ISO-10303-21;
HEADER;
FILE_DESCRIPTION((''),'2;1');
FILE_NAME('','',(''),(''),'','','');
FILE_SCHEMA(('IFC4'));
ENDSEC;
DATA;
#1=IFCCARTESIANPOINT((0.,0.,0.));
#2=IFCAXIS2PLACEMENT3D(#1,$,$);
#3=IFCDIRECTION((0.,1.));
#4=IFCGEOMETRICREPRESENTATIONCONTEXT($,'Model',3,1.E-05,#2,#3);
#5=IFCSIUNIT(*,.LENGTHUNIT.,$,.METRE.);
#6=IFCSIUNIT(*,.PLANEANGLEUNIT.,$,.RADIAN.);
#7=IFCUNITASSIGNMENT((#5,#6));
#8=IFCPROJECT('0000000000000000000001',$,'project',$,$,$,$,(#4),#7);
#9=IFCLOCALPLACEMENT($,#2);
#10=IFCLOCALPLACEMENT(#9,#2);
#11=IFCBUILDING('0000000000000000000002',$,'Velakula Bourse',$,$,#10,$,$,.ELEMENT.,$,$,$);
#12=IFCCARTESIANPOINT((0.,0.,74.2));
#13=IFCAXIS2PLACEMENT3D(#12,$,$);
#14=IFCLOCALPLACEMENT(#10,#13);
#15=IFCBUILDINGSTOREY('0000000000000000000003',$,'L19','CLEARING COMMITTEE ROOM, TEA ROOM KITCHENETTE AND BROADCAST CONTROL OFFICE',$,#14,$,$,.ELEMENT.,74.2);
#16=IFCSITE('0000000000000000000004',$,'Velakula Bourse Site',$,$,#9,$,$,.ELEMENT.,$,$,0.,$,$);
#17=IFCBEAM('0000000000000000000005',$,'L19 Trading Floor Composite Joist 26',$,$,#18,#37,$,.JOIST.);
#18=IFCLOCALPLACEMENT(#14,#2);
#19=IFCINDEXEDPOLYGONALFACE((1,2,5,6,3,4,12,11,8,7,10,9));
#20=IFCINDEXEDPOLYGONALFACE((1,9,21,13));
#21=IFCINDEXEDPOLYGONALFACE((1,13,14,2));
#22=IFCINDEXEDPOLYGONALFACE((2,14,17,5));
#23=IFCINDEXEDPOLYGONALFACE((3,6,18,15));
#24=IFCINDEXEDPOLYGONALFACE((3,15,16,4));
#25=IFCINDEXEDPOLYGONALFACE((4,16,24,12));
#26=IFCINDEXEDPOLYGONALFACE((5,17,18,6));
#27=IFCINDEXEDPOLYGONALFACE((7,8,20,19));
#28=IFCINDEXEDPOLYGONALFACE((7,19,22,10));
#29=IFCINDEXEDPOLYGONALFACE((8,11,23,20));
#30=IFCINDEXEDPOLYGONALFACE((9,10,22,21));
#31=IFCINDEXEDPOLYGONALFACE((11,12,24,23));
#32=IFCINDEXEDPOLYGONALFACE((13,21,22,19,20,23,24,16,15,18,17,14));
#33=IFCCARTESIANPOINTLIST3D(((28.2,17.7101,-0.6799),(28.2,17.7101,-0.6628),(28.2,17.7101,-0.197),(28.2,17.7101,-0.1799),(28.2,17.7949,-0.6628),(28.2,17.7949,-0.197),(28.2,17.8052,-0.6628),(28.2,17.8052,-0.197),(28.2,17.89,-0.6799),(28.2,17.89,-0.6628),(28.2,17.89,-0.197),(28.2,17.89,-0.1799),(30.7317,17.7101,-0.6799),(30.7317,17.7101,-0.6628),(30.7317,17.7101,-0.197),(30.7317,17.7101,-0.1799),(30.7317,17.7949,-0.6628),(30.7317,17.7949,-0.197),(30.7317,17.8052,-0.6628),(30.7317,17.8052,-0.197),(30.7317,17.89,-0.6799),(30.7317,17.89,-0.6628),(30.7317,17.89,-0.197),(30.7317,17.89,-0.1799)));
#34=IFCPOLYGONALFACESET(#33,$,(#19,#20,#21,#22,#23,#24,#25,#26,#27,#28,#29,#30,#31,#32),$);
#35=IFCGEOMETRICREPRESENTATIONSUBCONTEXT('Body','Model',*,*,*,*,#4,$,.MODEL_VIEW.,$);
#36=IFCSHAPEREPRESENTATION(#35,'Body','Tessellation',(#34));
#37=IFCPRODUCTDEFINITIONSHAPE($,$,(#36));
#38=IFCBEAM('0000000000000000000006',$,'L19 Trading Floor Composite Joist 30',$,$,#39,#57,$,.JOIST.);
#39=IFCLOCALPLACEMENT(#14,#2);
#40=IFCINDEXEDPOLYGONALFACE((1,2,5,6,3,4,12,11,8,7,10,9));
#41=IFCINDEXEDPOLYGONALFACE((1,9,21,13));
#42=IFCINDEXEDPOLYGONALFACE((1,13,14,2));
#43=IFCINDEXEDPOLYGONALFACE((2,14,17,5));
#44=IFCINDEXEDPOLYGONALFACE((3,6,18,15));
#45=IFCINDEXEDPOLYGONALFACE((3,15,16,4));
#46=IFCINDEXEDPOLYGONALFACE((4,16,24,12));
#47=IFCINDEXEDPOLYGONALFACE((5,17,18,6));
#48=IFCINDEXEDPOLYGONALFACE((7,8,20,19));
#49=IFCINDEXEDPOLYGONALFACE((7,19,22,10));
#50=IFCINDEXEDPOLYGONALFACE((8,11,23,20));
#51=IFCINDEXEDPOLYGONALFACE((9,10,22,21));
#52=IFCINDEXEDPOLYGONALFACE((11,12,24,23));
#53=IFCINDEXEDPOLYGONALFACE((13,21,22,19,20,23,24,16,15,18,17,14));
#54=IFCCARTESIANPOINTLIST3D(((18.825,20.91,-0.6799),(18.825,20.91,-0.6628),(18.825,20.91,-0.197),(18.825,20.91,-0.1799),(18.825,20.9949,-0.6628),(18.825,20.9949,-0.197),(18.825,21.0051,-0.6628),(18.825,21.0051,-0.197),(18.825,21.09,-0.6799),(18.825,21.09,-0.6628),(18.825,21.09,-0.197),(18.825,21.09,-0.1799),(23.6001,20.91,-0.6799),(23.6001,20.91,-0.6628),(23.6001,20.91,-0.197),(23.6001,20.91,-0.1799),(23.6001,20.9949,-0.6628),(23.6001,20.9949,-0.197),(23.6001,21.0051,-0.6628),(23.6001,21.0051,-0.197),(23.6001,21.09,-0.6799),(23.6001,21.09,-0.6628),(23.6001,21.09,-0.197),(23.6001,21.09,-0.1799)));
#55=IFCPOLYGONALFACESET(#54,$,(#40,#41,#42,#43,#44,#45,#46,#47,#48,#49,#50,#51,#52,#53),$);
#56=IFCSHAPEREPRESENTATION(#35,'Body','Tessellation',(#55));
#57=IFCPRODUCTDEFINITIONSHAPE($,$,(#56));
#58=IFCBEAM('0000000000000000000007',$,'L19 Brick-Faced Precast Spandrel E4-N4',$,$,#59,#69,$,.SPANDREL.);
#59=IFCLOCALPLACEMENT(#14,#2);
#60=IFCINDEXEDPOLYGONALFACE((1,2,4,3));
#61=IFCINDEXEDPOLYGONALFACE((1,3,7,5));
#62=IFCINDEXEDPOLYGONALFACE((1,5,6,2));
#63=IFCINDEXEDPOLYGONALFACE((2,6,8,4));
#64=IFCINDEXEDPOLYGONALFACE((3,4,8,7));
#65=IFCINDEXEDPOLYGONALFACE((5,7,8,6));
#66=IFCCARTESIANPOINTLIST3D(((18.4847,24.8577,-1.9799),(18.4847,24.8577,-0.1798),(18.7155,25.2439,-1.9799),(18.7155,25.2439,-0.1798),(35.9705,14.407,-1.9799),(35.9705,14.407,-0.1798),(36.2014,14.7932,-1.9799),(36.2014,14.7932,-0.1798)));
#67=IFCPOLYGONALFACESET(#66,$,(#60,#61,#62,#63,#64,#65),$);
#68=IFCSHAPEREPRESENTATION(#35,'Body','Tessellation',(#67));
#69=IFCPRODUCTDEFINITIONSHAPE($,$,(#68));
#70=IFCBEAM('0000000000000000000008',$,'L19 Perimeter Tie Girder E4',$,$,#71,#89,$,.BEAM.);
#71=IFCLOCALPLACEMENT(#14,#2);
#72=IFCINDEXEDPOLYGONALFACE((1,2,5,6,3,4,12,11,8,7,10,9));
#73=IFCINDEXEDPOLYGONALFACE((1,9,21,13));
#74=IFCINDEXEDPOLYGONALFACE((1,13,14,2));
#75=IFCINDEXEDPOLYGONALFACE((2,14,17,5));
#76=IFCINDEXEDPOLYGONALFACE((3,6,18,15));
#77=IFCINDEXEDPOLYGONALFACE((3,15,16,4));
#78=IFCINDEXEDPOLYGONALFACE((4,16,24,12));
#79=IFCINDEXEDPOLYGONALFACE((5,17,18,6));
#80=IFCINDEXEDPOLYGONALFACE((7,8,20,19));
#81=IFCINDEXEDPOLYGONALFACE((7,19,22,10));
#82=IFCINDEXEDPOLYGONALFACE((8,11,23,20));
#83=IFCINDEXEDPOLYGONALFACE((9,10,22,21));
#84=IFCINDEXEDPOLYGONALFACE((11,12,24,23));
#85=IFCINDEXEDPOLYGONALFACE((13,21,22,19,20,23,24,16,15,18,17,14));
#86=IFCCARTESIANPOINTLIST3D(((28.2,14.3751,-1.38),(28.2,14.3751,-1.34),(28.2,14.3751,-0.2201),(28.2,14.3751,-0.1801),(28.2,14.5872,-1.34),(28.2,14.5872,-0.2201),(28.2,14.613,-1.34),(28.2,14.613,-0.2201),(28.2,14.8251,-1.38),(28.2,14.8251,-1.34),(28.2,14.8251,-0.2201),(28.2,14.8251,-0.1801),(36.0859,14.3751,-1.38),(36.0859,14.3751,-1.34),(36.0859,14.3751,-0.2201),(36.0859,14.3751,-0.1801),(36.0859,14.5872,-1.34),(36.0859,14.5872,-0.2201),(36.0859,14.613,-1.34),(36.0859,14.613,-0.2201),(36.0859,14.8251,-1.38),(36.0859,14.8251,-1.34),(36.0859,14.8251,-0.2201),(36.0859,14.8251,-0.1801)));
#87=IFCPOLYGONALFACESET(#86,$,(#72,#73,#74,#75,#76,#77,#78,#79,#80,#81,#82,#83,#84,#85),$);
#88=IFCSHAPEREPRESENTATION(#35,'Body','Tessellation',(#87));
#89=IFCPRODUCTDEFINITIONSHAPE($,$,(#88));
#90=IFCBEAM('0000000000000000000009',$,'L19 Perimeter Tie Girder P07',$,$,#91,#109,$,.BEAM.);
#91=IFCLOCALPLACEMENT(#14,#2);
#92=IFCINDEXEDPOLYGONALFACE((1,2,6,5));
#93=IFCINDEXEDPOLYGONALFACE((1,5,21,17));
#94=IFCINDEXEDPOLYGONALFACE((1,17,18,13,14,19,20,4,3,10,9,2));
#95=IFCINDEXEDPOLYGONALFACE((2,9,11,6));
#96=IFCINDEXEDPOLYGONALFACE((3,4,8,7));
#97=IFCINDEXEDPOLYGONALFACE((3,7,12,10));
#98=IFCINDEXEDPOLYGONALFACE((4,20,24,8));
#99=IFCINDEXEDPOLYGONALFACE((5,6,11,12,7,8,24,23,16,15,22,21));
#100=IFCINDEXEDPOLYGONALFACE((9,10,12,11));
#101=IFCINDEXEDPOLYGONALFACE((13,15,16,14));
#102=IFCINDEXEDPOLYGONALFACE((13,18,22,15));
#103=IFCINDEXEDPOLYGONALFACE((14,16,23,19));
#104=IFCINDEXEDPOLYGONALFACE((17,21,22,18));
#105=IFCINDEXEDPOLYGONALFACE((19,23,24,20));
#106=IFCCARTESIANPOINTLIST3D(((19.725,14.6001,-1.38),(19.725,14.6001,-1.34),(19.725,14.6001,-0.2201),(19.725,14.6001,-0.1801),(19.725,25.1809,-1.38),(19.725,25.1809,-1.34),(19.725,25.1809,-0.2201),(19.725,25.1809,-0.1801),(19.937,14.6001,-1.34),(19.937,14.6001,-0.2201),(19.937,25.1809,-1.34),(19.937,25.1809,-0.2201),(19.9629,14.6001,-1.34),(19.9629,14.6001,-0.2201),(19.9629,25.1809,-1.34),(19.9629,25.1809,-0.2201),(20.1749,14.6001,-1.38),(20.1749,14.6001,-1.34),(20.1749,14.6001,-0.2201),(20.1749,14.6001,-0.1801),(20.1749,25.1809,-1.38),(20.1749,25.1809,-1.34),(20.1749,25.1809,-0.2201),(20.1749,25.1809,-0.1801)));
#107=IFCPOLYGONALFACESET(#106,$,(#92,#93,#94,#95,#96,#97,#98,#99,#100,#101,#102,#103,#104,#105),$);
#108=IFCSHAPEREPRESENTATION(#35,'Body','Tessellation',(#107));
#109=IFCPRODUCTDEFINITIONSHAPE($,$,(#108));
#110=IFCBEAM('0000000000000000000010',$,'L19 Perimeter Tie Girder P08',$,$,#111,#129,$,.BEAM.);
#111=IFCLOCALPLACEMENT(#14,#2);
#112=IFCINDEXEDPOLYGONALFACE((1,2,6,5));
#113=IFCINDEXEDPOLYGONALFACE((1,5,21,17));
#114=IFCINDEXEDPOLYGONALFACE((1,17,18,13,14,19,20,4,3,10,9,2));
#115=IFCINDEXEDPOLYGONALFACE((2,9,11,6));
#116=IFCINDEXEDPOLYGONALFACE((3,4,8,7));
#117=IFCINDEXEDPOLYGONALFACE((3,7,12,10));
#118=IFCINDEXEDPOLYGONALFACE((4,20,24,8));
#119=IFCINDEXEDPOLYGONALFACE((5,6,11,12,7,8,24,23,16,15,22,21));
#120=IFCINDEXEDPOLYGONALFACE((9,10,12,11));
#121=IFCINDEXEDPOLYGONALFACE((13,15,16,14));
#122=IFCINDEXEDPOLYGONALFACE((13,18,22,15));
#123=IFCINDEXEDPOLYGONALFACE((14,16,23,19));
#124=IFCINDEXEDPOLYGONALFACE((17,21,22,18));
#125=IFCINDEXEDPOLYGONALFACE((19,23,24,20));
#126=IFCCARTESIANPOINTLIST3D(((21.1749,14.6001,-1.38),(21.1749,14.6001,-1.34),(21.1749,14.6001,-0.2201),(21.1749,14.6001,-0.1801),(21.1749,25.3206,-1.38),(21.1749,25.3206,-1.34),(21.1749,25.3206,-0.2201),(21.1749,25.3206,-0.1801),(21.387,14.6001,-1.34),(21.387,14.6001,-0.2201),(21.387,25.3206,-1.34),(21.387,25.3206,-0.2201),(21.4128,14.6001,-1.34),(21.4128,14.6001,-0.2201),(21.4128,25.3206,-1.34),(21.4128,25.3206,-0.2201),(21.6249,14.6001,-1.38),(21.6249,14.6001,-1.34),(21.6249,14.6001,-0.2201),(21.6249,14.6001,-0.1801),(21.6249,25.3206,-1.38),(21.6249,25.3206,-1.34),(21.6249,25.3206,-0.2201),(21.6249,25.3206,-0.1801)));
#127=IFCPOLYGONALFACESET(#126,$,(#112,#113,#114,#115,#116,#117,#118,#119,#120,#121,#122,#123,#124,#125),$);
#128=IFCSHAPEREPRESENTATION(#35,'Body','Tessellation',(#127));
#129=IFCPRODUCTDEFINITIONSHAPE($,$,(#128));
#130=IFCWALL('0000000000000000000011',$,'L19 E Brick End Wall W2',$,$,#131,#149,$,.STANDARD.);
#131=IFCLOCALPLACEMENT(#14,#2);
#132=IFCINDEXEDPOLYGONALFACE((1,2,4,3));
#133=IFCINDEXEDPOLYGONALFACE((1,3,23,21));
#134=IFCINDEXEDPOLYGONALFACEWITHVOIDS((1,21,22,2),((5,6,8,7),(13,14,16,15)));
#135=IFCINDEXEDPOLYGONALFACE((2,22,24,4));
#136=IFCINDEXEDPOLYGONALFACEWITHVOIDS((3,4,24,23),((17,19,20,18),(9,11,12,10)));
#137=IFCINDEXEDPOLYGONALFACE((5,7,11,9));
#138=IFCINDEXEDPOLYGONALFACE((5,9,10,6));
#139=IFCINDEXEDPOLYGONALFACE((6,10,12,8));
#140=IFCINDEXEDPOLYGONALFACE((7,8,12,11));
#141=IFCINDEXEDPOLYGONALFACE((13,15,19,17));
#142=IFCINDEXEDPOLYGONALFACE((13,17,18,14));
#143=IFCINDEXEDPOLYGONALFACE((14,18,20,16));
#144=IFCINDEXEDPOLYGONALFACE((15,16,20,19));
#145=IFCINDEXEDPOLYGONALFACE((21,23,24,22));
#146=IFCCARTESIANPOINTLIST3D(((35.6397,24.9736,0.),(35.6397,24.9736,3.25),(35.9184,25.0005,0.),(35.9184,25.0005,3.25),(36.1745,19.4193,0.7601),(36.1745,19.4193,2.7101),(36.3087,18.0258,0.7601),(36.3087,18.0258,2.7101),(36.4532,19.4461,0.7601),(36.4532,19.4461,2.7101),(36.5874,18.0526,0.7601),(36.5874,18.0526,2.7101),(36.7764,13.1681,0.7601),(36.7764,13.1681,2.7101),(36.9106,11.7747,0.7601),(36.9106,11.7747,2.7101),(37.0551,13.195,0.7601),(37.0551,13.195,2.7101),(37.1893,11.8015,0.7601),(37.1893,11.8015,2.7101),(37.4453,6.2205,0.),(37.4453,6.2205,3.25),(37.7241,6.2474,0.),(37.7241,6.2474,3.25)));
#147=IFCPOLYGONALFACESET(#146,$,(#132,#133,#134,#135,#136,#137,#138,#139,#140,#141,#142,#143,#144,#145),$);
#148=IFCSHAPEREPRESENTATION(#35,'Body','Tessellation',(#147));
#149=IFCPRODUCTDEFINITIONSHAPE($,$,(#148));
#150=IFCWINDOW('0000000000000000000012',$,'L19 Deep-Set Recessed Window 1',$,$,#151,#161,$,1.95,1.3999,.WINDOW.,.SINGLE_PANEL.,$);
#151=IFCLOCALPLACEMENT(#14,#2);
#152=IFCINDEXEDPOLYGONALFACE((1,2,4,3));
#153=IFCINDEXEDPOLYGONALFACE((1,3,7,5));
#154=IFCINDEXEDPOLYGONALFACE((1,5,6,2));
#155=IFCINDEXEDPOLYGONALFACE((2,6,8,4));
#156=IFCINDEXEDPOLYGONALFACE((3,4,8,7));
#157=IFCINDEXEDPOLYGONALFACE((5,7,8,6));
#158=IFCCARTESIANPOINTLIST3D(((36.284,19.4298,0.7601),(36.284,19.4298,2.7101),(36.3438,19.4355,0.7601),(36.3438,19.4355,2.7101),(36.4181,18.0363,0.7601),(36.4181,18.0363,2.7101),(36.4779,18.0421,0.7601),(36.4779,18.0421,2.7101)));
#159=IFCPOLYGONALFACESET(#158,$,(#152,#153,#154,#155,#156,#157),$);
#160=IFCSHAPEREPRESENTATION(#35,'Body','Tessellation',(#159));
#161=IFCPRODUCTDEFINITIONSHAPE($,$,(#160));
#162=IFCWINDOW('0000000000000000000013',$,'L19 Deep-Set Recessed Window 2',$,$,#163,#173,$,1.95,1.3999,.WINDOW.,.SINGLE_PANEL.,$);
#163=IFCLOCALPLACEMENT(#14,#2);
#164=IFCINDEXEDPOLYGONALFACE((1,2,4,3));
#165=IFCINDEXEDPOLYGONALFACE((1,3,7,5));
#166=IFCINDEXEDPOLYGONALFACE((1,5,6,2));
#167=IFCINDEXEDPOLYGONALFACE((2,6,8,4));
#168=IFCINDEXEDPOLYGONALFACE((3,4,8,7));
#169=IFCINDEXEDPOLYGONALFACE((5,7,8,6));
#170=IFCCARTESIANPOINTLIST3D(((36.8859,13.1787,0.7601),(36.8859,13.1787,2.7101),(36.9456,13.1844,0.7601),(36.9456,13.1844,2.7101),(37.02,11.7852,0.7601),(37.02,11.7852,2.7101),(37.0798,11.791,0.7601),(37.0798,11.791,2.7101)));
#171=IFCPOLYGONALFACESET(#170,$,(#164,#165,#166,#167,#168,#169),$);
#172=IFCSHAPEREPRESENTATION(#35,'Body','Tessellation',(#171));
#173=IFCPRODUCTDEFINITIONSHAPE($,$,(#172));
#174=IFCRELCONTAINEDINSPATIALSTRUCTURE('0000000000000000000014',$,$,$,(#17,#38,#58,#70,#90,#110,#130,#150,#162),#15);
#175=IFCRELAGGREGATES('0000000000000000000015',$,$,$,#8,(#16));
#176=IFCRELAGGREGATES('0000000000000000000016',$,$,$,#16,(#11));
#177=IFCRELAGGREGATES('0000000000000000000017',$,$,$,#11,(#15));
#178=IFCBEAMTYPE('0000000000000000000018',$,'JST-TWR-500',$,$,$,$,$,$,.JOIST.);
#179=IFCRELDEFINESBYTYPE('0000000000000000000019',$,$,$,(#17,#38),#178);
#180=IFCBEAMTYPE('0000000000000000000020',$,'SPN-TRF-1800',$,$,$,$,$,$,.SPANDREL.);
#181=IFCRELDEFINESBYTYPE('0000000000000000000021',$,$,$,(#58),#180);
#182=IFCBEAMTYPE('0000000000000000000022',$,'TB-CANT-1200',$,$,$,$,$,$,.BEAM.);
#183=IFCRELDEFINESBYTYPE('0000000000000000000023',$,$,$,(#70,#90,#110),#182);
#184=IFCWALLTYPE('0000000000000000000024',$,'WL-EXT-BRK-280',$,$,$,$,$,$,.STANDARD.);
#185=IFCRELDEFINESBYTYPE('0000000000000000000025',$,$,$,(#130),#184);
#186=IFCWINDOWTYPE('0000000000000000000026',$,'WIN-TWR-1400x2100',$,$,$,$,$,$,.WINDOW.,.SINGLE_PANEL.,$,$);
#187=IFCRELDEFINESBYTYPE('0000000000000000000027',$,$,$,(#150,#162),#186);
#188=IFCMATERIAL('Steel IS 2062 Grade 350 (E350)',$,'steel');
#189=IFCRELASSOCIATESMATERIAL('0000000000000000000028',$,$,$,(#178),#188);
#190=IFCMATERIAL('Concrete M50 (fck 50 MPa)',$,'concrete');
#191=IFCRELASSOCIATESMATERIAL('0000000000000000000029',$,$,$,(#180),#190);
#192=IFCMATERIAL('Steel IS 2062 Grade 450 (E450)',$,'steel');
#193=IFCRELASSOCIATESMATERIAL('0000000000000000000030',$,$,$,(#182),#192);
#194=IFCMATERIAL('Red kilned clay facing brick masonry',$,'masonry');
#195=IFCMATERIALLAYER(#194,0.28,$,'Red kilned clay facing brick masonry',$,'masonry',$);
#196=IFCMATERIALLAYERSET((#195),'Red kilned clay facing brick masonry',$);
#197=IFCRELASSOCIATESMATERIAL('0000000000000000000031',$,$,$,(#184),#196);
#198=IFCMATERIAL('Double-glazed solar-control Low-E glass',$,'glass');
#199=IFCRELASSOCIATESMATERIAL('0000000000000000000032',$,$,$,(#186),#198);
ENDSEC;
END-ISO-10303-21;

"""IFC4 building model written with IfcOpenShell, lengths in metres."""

from ifc_helpers import new_model, si_unit, direction, frame, frame_2d, origin, origin_2d, place, context, subcontext, project, spatial, rectangle, i_section, extrude, material, layer, layer_set, material_profile, profile_set, type_object, element, fill, save


model = new_model("IFC4")

# Units and contexts
model_context = context("Model", 3, precision=1e-05, world=origin(), true_north=direction((0.0, 1.0)))
body_context = subcontext(model_context, "Body", "Model", "MODEL_VIEW")
ifc_project = project(units=[si_unit("LENGTHUNIT", "METRE"), si_unit("PLANEANGLEUNIT", "RADIAN")], contexts=[model_context])

# Site, building, storey
site_placement = place(None, origin())
site = spatial("IfcSite", under=ifc_project, at=site_placement, Name="Velakula Bourse Site", CompositionType="ELEMENT", RefElevation=0.0)
building_placement = place(site_placement, origin())
building = spatial("IfcBuilding", under=site, at=building_placement, Name="Velakula Bourse", CompositionType="ELEMENT")
storey_placement = place(building_placement, frame((0.0, 0.0, 74.2)))
storey = spatial("IfcBuildingStorey", under=building, at=storey_placement, Name="L19", Description="CLEARING COMMITTEE ROOM, TEA ROOM KITCHENETTE AND BROADCAST CONTROL OFFICE", CompositionType="ELEMENT", Elevation=74.2)

# Shared definitions
ifc_material_1 = material(Name="Steel IS 2062 Grade 450 (E450)", Category="steel")

# Beams
ifc_material_2 = material(Name="Steel IS 2062 Grade 350 (E350)", Category="steel")
ifc_material_profile_1 = material_profile(ifc_material_2, i_section(OverallWidth=0.1799, OverallDepth=0.5, WebThickness=0.0103, FlangeThickness=0.0171, at=origin_2d()), Name="Steel IS 2062 Grade 350 (E350)")
ifc_profile_set_1 = profile_set([ifc_material_profile_1], Name="Steel IS 2062 Grade 350 (E350)")
beam_type_1 = type_object("IfcBeamType", Name="JST-TWR-500", PredefinedType="JOIST", material=ifc_profile_set_1)
beam_1_placement = place(storey_placement, frame((28.2, 17.8, -0.4299), z_axis=(1.0, 0.0, 0.0), x_axis=(0.0, 1.0, 0.0)))
element("IfcBeam", 1, at=beam_1_placement, inside=storey, type_object=beam_type_1, Name="L19 Trading Floor Composite Joist 26", PredefinedType="JOIST", context=body_context, shape_type="SweptSolid", body=[
    extrude(i_section(OverallWidth=0.1799, OverallDepth=0.5, WebThickness=0.0103, FlangeThickness=0.0171, at=origin_2d()), origin(), (0.0, 0.0, 1.0), 2.5317),
])
beam_2_placement = place(storey_placement, frame((18.825, 21.0, -0.4299), z_axis=(1.0, 0.0, 0.0), x_axis=(0.0, 1.0, 0.0)))
element("IfcBeam", 2, at=beam_2_placement, inside=storey, type_object=beam_type_1, Name="L19 Trading Floor Composite Joist 30", PredefinedType="JOIST", context=body_context, shape_type="SweptSolid", body=[
    extrude(i_section(OverallWidth=0.1799, OverallDepth=0.5, WebThickness=0.0103, FlangeThickness=0.0171, at=origin_2d()), origin(), (0.0, 0.0, 1.0), 4.7751),
])
ifc_material_3 = material(Name="Concrete M50 (fck 50 MPa)", Category="concrete")
ifc_material_profile_2 = material_profile(ifc_material_3, rectangle(XDim=0.45, YDim=1.8, at=origin_2d()), Name="Concrete M50 (fck 50 MPa)")
ifc_profile_set_2 = profile_set([ifc_material_profile_2], Name="Concrete M50 (fck 50 MPa)")
beam_type_2 = type_object("IfcBeamType", Name="SPN-TRF-1800", PredefinedType="SPANDREL", material=ifc_profile_set_2)
beam_3_placement = place(storey_placement, frame((36.0859, 14.6001, -1.0798), z_axis=(-0.858376, 0.513022, 0.0), x_axis=(-0.513022, -0.858376, 0.0)))
element("IfcBeam", 3, at=beam_3_placement, inside=storey, type_object=beam_type_2, Name="L19 Brick-Faced Precast Spandrel E4-N4", PredefinedType="SPANDREL", context=body_context, shape_type="SweptSolid", body=[
    extrude(rectangle(XDim=0.45, YDim=1.8, at=origin_2d()), origin(), (0.0, 0.0, 1.0), 20.3708),
])
ifc_material_profile_3 = material_profile(ifc_material_1, i_section(OverallWidth=0.45, OverallDepth=1.2, WebThickness=0.0259, FlangeThickness=0.04, at=origin_2d()), Name="Steel IS 2062 Grade 450 (E450)")
ifc_profile_set_3 = profile_set([ifc_material_profile_3], Name="Steel IS 2062 Grade 450 (E450)")
beam_type_3 = type_object("IfcBeamType", Name="TB-CANT-1200", PredefinedType="BEAM", material=ifc_profile_set_3)
beam_4_placement = place(storey_placement, frame((28.2, 14.6001, -0.78), z_axis=(1.0, 0.0, 0.0), x_axis=(0.0, 1.0, 0.0)))
element("IfcBeam", 4, at=beam_4_placement, inside=storey, type_object=beam_type_3, Name="L19 Perimeter Tie Girder E4", PredefinedType="BEAM", context=body_context, shape_type="SweptSolid", body=[
    extrude(i_section(OverallWidth=0.45, OverallDepth=1.2, WebThickness=0.0259, FlangeThickness=0.04, at=origin_2d()), origin(), (0.0, 0.0, 1.0), 7.886),
])
beam_5_placement = place(storey_placement, frame((19.95, 14.6001, -0.78), z_axis=(0.0, 1.0, 0.0), x_axis=(-1.0, 0.0, 0.0)))
element("IfcBeam", 5, at=beam_5_placement, inside=storey, type_object=beam_type_3, Name="L19 Perimeter Tie Girder P07", PredefinedType="BEAM", context=body_context, shape_type="SweptSolid", body=[
    extrude(i_section(OverallWidth=0.45, OverallDepth=1.2, WebThickness=0.0259, FlangeThickness=0.04, at=origin_2d()), origin(), (0.0, 0.0, 1.0), 10.5808),
])
beam_6_placement = place(storey_placement, frame((21.3999, 14.6001, -0.78), z_axis=(0.0, 1.0, 0.0), x_axis=(-1.0, 0.0, 0.0)))
element("IfcBeam", 6, at=beam_6_placement, inside=storey, type_object=beam_type_3, Name="L19 Perimeter Tie Girder P08", PredefinedType="BEAM", context=body_context, shape_type="SweptSolid", body=[
    extrude(i_section(OverallWidth=0.45, OverallDepth=1.2, WebThickness=0.0259, FlangeThickness=0.04, at=origin_2d()), origin(), (0.0, 0.0, 1.0), 10.7205),
])

# Wall, openings, windows
ifc_material_4 = material(Name="Red kilned clay facing brick masonry", Category="masonry")
ifc_layer = layer(ifc_material_4, 0.28, Name="Red kilned clay facing brick masonry", Category="masonry")
ifc_layer_set = layer_set([ifc_layer], Name="Red kilned clay facing brick masonry")
wall_type = type_object("IfcWallType", Name="WL-EXT-BRK-280", PredefinedType="STANDARD", material=ifc_layer_set)
wall_1_placement = place(storey_placement, frame((35.7791, 24.9871, 0.0), z_axis=(0.0, 0.0, 1.0), x_axis=(0.095843, -0.995397, 0.0)))
wall_1 = element("IfcWall", 7, at=wall_1_placement, inside=storey, type_object=wall_type, Name="L19 E Brick End Wall W2", PredefinedType="STANDARD", context=body_context, shape_type="SweptSolid", body=[
    extrude(rectangle(XDim=18.8398, YDim=0.28, at=frame_2d((9.4199, 0.0))), origin(), (0.0, 0.0, 1.0), 3.25),
])
opening_1_placement = place(wall_1_placement, frame((5.5801, 0.0, 0.76)))
opening_1 = element("IfcOpeningElement", 8, at=opening_1_placement, cuts=wall_1, PredefinedType="OPENING", context=body_context, shape_type="SweptSolid", body=[
    extrude(rectangle(XDim=1.3999, YDim=1.95, at=frame_2d((0.7, 0.9751))), frame((0.0, 0.1499, 0.0), z_axis=(0.0, -1.0, 0.0), x_axis=(1.0, 0.0, 0.0)), (0.0, 0.0, 1.0), 0.3),
])
opening_2_placement = place(wall_1_placement, frame((11.8601, 0.0, 0.76)))
opening_2 = element("IfcOpeningElement", 9, at=opening_2_placement, cuts=wall_1, PredefinedType="OPENING", context=body_context, shape_type="SweptSolid", body=[
    extrude(rectangle(XDim=1.3999, YDim=1.95, at=frame_2d((0.7, 0.9751))), frame((0.0, 0.1499, 0.0), z_axis=(0.0, -1.0, 0.0), x_axis=(1.0, 0.0, 0.0)), (0.0, 0.0, 1.0), 0.3),
])
ifc_material_5 = material(Name="Double-glazed solar-control Low-E glass", Category="glass")
window_type = type_object("IfcWindowType", Name="WIN-TWR-1400x2100", PartitioningType="SINGLE_PANEL", PredefinedType="WINDOW", material=ifc_material_5)
window_1_placement = place(opening_1_placement, origin())
window_1 = element("IfcWindow", 10, at=window_1_placement, inside=storey, type_object=window_type, Name="L19 Deep-Set Recessed Window 1", OverallHeight=1.95, OverallWidth=1.3999, PartitioningType="SINGLE_PANEL", PredefinedType="WINDOW", context=body_context, shape_type="SweptSolid", body=[
    extrude(rectangle(XDim=1.3999, YDim=1.95, at=frame_2d((0.7, 0.9751))), frame((0.0, 0.03, 0.0), z_axis=(0.0, -1.0, 0.0), x_axis=(1.0, 0.0, 0.0)), (0.0, 0.0, 1.0), 0.0601),
])
fill(opening_1, window_1)
window_2_placement = place(opening_2_placement, origin())
window_2 = element("IfcWindow", 11, at=window_2_placement, inside=storey, type_object=window_type, Name="L19 Deep-Set Recessed Window 2", OverallHeight=1.95, OverallWidth=1.3999, PartitioningType="SINGLE_PANEL", PredefinedType="WINDOW", context=body_context, shape_type="SweptSolid", body=[
    extrude(rectangle(XDim=1.3999, YDim=1.95, at=frame_2d((0.7, 0.9751))), frame((0.0, 0.03, 0.0), z_axis=(0.0, -1.0, 0.0), x_axis=(1.0, 0.0, 0.0)), (0.0, 0.0, 1.0), 0.0601),
])
fill(opening_2, window_2)

save(model, "model.ifc")
